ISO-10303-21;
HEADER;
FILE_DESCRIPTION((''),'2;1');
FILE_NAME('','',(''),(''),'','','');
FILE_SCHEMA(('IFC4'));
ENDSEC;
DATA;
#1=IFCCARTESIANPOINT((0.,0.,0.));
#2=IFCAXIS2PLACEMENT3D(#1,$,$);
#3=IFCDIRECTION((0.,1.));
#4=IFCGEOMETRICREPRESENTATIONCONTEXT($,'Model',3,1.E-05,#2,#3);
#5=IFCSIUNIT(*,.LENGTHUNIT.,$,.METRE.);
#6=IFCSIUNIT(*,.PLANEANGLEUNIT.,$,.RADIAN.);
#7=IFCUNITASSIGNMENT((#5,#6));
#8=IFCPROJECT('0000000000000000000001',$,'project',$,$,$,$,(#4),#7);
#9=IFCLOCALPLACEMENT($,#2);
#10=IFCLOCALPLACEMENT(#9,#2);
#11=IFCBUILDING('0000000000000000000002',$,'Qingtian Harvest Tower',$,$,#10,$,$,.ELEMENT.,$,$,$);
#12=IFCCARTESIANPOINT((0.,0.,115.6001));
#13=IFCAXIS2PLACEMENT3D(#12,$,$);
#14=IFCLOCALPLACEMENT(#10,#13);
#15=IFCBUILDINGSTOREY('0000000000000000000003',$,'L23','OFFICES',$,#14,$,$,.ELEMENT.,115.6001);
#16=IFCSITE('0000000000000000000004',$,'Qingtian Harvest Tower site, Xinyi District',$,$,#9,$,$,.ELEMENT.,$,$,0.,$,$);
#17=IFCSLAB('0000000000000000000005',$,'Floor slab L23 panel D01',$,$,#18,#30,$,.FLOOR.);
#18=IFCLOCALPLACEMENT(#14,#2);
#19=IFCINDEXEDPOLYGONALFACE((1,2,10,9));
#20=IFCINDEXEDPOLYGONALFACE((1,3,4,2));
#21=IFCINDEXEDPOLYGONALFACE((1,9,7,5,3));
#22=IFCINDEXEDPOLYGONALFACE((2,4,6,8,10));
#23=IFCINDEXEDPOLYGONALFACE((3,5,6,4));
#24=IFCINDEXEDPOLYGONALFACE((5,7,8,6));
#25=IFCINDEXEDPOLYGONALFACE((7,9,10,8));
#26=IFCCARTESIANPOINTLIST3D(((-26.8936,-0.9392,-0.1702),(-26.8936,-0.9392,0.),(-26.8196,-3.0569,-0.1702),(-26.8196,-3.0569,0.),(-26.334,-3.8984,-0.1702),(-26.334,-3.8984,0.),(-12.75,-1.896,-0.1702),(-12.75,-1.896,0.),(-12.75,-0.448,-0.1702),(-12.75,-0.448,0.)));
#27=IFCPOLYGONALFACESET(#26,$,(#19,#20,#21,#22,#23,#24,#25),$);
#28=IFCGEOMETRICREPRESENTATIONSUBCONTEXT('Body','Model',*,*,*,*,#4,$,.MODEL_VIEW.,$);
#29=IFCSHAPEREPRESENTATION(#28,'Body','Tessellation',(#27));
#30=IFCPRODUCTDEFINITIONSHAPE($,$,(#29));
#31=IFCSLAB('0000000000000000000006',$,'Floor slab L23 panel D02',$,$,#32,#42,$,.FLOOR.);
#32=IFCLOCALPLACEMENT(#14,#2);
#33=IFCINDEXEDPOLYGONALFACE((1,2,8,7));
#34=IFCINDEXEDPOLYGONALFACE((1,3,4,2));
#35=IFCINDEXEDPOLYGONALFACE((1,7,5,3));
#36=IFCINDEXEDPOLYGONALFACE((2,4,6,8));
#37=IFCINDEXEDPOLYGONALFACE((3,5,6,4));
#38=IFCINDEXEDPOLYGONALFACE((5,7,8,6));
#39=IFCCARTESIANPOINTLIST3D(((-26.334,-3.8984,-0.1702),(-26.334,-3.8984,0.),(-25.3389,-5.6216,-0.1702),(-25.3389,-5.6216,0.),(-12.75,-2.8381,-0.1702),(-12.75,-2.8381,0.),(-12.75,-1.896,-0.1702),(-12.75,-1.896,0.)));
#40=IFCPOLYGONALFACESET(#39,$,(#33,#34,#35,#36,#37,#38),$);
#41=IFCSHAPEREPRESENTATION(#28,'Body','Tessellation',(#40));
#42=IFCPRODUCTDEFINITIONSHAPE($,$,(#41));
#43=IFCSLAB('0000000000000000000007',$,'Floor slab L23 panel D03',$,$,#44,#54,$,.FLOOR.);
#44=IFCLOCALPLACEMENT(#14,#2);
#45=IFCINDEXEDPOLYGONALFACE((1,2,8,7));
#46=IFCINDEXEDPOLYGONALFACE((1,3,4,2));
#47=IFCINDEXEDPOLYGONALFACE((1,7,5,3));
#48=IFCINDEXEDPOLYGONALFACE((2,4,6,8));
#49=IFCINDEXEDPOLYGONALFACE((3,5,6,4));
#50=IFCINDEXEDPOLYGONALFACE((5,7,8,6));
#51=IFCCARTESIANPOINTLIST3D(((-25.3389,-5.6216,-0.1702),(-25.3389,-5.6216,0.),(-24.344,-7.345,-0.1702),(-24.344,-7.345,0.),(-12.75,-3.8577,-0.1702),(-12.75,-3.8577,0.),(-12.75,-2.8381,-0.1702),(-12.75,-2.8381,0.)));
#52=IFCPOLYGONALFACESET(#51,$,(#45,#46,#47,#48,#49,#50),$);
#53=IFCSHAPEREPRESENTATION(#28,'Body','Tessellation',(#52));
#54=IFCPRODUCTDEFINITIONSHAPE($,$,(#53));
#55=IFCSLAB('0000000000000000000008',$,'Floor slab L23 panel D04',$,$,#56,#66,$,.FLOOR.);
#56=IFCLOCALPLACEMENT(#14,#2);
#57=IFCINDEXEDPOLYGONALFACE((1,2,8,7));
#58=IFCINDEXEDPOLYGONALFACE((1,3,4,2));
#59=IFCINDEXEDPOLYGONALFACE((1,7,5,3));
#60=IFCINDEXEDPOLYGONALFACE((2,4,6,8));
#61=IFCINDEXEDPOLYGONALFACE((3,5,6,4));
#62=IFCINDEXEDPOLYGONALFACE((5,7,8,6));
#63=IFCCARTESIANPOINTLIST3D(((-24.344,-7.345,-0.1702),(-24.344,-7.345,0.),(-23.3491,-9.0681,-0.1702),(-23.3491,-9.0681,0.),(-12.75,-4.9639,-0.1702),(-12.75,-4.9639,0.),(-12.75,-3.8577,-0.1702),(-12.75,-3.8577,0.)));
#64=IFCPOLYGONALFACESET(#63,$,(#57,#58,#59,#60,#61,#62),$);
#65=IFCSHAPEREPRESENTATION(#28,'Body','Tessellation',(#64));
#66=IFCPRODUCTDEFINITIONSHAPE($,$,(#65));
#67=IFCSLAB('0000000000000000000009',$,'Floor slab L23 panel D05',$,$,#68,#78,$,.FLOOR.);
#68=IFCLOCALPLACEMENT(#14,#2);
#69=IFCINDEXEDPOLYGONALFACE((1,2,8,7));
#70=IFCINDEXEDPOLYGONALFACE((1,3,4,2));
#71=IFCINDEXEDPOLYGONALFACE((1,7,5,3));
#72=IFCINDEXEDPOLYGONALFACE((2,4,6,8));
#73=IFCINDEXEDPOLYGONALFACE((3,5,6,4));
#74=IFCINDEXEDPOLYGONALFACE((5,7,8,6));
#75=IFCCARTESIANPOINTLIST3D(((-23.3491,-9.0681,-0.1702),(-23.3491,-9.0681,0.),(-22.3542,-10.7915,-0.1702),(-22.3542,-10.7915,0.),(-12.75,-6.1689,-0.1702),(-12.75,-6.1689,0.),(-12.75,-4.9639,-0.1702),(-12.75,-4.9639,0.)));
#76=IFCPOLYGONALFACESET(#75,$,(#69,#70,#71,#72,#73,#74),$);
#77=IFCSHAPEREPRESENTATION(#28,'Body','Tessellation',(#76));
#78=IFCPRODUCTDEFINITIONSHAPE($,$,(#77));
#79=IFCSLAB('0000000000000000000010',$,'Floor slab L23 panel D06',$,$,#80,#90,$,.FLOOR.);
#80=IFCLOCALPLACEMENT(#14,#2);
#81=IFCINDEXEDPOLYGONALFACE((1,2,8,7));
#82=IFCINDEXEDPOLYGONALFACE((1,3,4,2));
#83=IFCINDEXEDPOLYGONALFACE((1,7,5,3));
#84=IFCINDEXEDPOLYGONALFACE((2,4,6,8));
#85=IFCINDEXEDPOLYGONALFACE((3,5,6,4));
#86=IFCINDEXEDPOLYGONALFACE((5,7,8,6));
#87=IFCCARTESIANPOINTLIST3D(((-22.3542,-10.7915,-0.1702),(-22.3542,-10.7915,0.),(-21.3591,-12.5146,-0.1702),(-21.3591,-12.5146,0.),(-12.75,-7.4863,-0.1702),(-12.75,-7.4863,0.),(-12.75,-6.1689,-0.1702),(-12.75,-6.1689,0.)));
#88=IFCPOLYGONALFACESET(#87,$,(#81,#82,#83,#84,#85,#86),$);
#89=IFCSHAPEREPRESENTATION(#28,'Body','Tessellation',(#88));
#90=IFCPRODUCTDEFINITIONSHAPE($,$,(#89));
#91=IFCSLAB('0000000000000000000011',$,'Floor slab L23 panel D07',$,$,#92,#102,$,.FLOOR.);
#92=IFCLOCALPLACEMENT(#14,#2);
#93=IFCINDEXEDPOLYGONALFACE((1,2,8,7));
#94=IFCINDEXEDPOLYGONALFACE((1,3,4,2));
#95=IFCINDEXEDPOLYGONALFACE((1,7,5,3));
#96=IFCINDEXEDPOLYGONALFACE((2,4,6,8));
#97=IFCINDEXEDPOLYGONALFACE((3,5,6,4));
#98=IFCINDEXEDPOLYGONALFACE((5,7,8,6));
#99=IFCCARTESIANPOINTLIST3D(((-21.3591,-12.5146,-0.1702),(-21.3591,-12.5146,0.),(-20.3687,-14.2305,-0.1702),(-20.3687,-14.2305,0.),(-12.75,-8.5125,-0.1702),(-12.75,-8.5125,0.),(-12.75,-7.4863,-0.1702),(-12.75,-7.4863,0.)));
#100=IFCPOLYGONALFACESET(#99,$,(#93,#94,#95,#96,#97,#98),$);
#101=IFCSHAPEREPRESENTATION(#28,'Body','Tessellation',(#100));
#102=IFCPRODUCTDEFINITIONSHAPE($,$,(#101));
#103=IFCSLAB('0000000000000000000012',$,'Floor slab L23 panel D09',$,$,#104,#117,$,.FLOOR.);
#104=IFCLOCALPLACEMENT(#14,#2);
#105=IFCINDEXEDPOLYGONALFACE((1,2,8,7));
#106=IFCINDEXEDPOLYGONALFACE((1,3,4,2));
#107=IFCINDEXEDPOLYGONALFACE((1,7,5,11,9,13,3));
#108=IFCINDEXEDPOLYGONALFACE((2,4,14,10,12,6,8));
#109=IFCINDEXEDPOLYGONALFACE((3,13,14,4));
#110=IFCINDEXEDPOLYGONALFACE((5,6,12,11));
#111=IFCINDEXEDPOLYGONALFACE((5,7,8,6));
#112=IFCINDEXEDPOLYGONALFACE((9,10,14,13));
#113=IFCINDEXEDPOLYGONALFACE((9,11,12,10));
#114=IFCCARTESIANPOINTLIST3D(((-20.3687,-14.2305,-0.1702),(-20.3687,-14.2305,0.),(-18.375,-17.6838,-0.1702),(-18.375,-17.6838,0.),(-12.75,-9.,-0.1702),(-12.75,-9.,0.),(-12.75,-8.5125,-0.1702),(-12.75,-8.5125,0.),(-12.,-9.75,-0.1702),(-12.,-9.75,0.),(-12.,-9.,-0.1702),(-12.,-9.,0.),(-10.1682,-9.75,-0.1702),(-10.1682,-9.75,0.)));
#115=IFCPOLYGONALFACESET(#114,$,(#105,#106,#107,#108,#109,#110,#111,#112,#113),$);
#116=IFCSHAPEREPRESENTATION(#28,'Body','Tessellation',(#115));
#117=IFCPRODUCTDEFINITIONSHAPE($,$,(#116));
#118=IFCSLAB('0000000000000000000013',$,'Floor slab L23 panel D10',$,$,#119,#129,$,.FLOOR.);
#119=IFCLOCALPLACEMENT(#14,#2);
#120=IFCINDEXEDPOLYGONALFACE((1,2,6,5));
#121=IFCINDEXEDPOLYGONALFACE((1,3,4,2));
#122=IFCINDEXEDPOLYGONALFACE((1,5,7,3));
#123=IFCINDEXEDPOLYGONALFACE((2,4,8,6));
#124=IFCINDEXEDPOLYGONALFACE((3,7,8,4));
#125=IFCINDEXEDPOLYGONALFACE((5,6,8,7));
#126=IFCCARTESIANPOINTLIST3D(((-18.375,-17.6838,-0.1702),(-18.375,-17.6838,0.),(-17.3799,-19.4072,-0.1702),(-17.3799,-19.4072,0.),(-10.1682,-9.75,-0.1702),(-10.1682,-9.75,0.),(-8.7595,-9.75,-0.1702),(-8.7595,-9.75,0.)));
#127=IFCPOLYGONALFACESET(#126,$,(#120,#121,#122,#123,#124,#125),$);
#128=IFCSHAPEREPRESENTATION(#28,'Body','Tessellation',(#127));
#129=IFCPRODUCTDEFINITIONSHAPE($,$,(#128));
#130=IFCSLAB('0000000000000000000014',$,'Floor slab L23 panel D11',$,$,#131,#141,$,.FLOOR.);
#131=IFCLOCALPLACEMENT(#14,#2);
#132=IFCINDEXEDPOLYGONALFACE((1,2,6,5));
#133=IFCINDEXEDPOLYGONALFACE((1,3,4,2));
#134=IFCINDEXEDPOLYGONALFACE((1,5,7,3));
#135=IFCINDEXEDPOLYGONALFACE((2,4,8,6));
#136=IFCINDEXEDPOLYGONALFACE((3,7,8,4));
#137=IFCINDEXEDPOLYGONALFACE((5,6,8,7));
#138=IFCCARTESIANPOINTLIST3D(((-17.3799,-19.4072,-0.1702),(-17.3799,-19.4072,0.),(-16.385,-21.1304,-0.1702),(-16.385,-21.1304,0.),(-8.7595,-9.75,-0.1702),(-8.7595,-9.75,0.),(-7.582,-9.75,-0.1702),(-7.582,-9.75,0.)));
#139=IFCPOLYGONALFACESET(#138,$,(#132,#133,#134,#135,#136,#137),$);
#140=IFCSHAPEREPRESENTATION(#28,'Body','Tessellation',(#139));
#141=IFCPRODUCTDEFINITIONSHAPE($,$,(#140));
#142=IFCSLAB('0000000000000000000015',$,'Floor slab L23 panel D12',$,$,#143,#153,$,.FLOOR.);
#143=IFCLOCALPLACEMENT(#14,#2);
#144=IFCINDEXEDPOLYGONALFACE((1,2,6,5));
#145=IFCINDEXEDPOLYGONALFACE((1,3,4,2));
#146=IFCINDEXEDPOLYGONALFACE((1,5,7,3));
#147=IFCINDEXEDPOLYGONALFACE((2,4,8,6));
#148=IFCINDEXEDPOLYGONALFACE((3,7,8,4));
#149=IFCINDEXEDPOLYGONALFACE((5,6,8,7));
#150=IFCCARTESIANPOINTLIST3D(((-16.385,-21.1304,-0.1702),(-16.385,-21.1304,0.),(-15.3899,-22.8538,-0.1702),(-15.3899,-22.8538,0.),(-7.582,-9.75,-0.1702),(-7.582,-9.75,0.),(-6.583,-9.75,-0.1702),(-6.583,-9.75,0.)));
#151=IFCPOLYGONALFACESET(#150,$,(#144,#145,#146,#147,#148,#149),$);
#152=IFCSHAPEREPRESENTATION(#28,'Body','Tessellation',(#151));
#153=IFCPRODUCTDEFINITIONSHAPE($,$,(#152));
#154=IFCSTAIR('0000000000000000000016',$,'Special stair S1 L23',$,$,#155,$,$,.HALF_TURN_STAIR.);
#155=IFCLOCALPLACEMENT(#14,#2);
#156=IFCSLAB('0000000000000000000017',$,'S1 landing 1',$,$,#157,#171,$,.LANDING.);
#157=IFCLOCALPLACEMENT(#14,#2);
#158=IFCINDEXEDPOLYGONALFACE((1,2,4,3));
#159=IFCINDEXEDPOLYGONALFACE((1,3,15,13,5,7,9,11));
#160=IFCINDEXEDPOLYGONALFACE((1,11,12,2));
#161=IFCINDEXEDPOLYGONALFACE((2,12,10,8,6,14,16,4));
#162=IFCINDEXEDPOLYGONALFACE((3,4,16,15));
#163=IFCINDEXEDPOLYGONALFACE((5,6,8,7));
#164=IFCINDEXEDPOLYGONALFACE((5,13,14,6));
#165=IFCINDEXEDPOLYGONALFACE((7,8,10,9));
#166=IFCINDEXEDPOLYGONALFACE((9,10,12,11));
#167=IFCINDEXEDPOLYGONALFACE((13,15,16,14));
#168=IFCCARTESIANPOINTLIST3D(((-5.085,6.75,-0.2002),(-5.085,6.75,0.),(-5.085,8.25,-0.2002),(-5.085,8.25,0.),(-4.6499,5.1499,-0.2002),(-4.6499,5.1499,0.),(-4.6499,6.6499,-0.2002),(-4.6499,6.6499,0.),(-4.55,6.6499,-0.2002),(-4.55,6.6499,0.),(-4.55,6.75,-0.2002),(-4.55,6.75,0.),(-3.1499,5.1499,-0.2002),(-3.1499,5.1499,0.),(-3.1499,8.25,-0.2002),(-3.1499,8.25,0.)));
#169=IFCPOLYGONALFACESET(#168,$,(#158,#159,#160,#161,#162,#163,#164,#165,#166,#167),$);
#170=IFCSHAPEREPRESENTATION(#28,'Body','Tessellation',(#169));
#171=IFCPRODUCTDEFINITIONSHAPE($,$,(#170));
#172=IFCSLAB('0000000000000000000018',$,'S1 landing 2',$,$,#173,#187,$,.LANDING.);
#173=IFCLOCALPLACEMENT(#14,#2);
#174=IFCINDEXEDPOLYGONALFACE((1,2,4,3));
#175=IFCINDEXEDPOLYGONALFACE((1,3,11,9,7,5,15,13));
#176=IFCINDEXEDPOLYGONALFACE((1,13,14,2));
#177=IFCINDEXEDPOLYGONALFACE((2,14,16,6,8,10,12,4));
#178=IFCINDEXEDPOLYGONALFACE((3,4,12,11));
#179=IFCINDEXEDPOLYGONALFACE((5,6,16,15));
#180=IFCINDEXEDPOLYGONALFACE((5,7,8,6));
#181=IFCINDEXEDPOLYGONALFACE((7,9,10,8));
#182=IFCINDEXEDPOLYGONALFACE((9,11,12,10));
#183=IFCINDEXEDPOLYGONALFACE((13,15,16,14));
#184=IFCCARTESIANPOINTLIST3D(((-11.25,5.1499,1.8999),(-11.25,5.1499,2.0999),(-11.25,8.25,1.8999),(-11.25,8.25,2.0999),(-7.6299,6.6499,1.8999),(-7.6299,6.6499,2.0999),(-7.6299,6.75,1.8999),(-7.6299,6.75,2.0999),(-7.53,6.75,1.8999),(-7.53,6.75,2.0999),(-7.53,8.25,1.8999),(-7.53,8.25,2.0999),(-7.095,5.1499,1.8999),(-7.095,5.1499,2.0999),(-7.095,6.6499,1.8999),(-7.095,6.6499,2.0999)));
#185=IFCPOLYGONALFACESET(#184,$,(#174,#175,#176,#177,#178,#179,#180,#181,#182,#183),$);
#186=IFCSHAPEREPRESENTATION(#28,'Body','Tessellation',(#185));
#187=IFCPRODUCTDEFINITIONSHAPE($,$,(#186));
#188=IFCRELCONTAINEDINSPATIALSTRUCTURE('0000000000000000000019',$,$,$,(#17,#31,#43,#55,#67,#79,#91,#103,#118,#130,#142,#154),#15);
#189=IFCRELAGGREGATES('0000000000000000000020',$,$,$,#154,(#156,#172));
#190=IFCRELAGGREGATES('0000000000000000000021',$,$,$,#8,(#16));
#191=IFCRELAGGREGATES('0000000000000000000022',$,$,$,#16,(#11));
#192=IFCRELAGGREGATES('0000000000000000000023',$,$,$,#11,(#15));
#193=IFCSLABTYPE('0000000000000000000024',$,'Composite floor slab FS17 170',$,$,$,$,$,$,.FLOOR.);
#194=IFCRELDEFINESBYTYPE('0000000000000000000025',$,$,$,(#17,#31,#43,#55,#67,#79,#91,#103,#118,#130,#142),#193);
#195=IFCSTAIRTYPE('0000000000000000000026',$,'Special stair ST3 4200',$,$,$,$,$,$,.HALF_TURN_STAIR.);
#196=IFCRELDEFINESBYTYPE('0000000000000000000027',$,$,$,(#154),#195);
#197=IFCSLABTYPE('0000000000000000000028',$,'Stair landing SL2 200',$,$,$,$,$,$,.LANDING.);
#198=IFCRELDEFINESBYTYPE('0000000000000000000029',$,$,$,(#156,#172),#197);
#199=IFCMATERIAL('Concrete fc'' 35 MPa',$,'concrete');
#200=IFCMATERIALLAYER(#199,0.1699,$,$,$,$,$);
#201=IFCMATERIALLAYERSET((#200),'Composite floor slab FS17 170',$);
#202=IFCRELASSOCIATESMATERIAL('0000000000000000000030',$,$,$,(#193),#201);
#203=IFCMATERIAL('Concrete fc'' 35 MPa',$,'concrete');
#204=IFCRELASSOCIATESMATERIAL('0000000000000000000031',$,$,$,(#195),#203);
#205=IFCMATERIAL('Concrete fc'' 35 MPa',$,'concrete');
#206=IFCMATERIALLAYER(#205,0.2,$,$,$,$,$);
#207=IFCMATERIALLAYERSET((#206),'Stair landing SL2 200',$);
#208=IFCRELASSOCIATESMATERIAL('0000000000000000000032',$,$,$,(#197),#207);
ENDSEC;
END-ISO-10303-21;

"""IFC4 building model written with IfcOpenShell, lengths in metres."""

from ifc_helpers import new_model, si_unit, direction, frame, origin, place, context, subcontext, project, spatial, polyline, outline, extrude, material, layer, layer_set, type_object, element, aggregate, save


model = new_model("IFC4")

# Units and contexts
model_context = context("Model", 3, precision=1e-05, world=origin(), true_north=direction((0.0, 1.0)))
body_context = subcontext(model_context, "Body", "Model", "MODEL_VIEW")
ifc_project = project(units=[si_unit("LENGTHUNIT", "METRE"), si_unit("PLANEANGLEUNIT", "RADIAN")], contexts=[model_context])

# Site, building, storey
site_placement = place(None, origin())
site = spatial("IfcSite", under=ifc_project, at=site_placement, Name="Qingtian Harvest Tower site, Xinyi District", CompositionType="ELEMENT", RefElevation=0.0)
building_placement = place(site_placement, origin())
building = spatial("IfcBuilding", under=site, at=building_placement, Name="Qingtian Harvest Tower", CompositionType="ELEMENT")
storey_placement = place(building_placement, frame((0.0, 0.0, 115.6001)))
storey = spatial("IfcBuildingStorey", under=building, at=storey_placement, Name="L23", Description="OFFICES", CompositionType="ELEMENT", Elevation=115.6001)

# Slabs
ifc_material_1 = material(Name="Concrete fc' 35 MPa", Category="concrete")
ifc_layer_1 = layer(ifc_material_1, 0.1699)
ifc_layer_set_1 = layer_set([ifc_layer_1], Name="Composite floor slab FS17 170")
slab_type_1 = type_object("IfcSlabType", Name="Composite floor slab FS17 170", PredefinedType="FLOOR", material=ifc_layer_set_1)
slab_1_placement = place(storey_placement, frame((0.0, 0.0, -0.1702)))
element("IfcSlab", 1, at=slab_1_placement, inside=storey, type_object=slab_type_1, Name="Floor slab L23 panel D01", PredefinedType="FLOOR", context=body_context, shape_type="SweptSolid", body=[
    extrude(outline(polyline([(-26.8936, -0.9392), (-12.75, -0.448), (-12.75, -1.896), (-26.334, -3.8984), (-26.8196, -3.0569), (-26.8936, -0.9392)])), origin(), (0.0, 0.0, 1.0), 0.1702),
])
slab_2_placement = place(storey_placement, frame((0.0, 0.0, -0.1702)))
element("IfcSlab", 2, at=slab_2_placement, inside=storey, type_object=slab_type_1, Name="Floor slab L23 panel D02", PredefinedType="FLOOR", context=body_context, shape_type="SweptSolid", body=[
    extrude(outline(polyline([(-12.75, -2.8381), (-25.3389, -5.6216), (-26.334, -3.8984), (-12.75, -1.896), (-12.75, -2.8381)])), origin(), (0.0, 0.0, 1.0), 0.1702),
])
slab_3_placement = place(storey_placement, frame((0.0, 0.0, -0.1702)))
element("IfcSlab", 3, at=slab_3_placement, inside=storey, type_object=slab_type_1, Name="Floor slab L23 panel D03", PredefinedType="FLOOR", context=body_context, shape_type="SweptSolid", body=[
    extrude(outline(polyline([(-12.75, -3.8577), (-24.344, -7.345), (-25.3389, -5.6216), (-12.75, -2.8381), (-12.75, -3.8577)])), origin(), (0.0, 0.0, 1.0), 0.1702),
])
slab_4_placement = place(storey_placement, frame((0.0, 0.0, -0.1702)))
element("IfcSlab", 4, at=slab_4_placement, inside=storey, type_object=slab_type_1, Name="Floor slab L23 panel D04", PredefinedType="FLOOR", context=body_context, shape_type="SweptSolid", body=[
    extrude(outline(polyline([(-12.75, -4.9639), (-23.3491, -9.0681), (-24.344, -7.345), (-12.75, -3.8577), (-12.75, -4.9639)])), origin(), (0.0, 0.0, 1.0), 0.1702),
])
slab_5_placement = place(storey_placement, frame((0.0, 0.0, -0.1702)))
element("IfcSlab", 5, at=slab_5_placement, inside=storey, type_object=slab_type_1, Name="Floor slab L23 panel D05", PredefinedType="FLOOR", context=body_context, shape_type="SweptSolid", body=[
    extrude(outline(polyline([(-12.75, -6.1689), (-22.3542, -10.7915), (-23.3491, -9.0681), (-12.75, -4.9639), (-12.75, -6.1689)])), origin(), (0.0, 0.0, 1.0), 0.1702),
])
slab_6_placement = place(storey_placement, frame((0.0, 0.0, -0.1702)))
element("IfcSlab", 6, at=slab_6_placement, inside=storey, type_object=slab_type_1, Name="Floor slab L23 panel D06", PredefinedType="FLOOR", context=body_context, shape_type="SweptSolid", body=[
    extrude(outline(polyline([(-12.75, -7.4863), (-21.3591, -12.5146), (-22.3542, -10.7915), (-12.75, -6.1689), (-12.75, -7.4863)])), origin(), (0.0, 0.0, 1.0), 0.1702),
])
slab_7_placement = place(storey_placement, frame((0.0, 0.0, -0.1702)))
element("IfcSlab", 7, at=slab_7_placement, inside=storey, type_object=slab_type_1, Name="Floor slab L23 panel D07", PredefinedType="FLOOR", context=body_context, shape_type="SweptSolid", body=[
    extrude(outline(polyline([(-12.75, -8.5125), (-20.3687, -14.2305), (-21.3591, -12.5146), (-12.75, -7.4863), (-12.75, -8.5125)])), origin(), (0.0, 0.0, 1.0), 0.1702),
])
slab_8_placement = place(storey_placement, frame((0.0, 0.0, -0.1702)))
element("IfcSlab", 8, at=slab_8_placement, inside=storey, type_object=slab_type_1, Name="Floor slab L23 panel D09", PredefinedType="FLOOR", context=body_context, shape_type="SweptSolid", body=[
    extrude(outline(polyline([(-18.375, -17.6838), (-20.3687, -14.2305), (-12.75, -8.5125), (-12.75, -9.0), (-12.0, -9.0), (-12.0, -9.75), (-10.1682, -9.75), (-18.375, -17.6838)])), origin(), (0.0, 0.0, 1.0), 0.1702),
])
slab_9_placement = place(storey_placement, frame((0.0, 0.0, -0.1702)))
element("IfcSlab", 9, at=slab_9_placement, inside=storey, type_object=slab_type_1, Name="Floor slab L23 panel D10", PredefinedType="FLOOR", context=body_context, shape_type="SweptSolid", body=[
    extrude(outline(polyline([(-8.7595, -9.75), (-17.3799, -19.4072), (-18.375, -17.6838), (-10.1682, -9.75), (-8.7595, -9.75)])), origin(), (0.0, 0.0, 1.0), 0.1702),
])
slab_10_placement = place(storey_placement, frame((0.0, 0.0, -0.1702)))
element("IfcSlab", 10, at=slab_10_placement, inside=storey, type_object=slab_type_1, Name="Floor slab L23 panel D11", PredefinedType="FLOOR", context=body_context, shape_type="SweptSolid", body=[
    extrude(outline(polyline([(-7.582, -9.75), (-16.385, -21.1304), (-17.3799, -19.4072), (-8.7595, -9.75), (-7.582, -9.75)])), origin(), (0.0, 0.0, 1.0), 0.1702),
])
slab_11_placement = place(storey_placement, frame((0.0, 0.0, -0.1702)))
element("IfcSlab", 11, at=slab_11_placement, inside=storey, type_object=slab_type_1, Name="Floor slab L23 panel D12", PredefinedType="FLOOR", context=body_context, shape_type="SweptSolid", body=[
    extrude(outline(polyline([(-6.583, -9.75), (-15.3899, -22.8538), (-16.385, -21.1304), (-7.582, -9.75), (-6.583, -9.75)])), origin(), (0.0, 0.0, 1.0), 0.1702),
])

# Stair, slabs
ifc_material_2 = material(Name="Concrete fc' 35 MPa", Category="concrete")
stair_type = type_object("IfcStairType", Name="Special stair ST3 4200", PredefinedType="HALF_TURN_STAIR", material=ifc_material_2)
stair_1_placement = place(storey_placement, origin())
stair_1 = element("IfcStair", 12, at=stair_1_placement, inside=storey, type_object=stair_type, Name="Special stair S1 L23", PredefinedType="HALF_TURN_STAIR")
ifc_material_3 = material(Name="Concrete fc' 35 MPa", Category="concrete")
ifc_layer_2 = layer(ifc_material_3, 0.2)
ifc_layer_set_2 = layer_set([ifc_layer_2], Name="Stair landing SL2 200")
slab_type_2 = type_object("IfcSlabType", Name="Stair landing SL2 200", PredefinedType="LANDING", material=ifc_layer_set_2)
slab_12_placement = place(storey_placement, frame((0.0, 0.0, -0.2002)))
slab_12 = element("IfcSlab", 13, at=slab_12_placement, type_object=slab_type_2, Name="S1 landing 1", PredefinedType="LANDING", context=body_context, shape_type="SweptSolid", body=[
    extrude(outline(polyline([(-4.6499, 5.1499), (-4.6499, 6.6499), (-4.55, 6.6499), (-4.55, 6.75), (-5.085, 6.75), (-5.085, 8.25), (-3.1499, 8.25), (-3.1499, 5.1499), (-4.6499, 5.1499)])), origin(), (0.0, 0.0, 1.0), 0.2002),
])
slab_13_placement = place(storey_placement, frame((0.0, 0.0, 1.8999)))
slab_13 = element("IfcSlab", 14, at=slab_13_placement, type_object=slab_type_2, Name="S1 landing 2", PredefinedType="LANDING", context=body_context, shape_type="SweptSolid", body=[
    extrude(outline(polyline([(-7.095, 5.1499), (-11.25, 5.1499), (-11.25, 8.25), (-7.53, 8.25), (-7.53, 6.75), (-7.6299, 6.75), (-7.6299, 6.6499), (-7.095, 6.6499), (-7.095, 5.1499)])), origin(), (0.0, 0.0, 1.0), 0.2),
])
aggregate(stair_1, [slab_12, slab_13])

save(model, "model.ifc")
